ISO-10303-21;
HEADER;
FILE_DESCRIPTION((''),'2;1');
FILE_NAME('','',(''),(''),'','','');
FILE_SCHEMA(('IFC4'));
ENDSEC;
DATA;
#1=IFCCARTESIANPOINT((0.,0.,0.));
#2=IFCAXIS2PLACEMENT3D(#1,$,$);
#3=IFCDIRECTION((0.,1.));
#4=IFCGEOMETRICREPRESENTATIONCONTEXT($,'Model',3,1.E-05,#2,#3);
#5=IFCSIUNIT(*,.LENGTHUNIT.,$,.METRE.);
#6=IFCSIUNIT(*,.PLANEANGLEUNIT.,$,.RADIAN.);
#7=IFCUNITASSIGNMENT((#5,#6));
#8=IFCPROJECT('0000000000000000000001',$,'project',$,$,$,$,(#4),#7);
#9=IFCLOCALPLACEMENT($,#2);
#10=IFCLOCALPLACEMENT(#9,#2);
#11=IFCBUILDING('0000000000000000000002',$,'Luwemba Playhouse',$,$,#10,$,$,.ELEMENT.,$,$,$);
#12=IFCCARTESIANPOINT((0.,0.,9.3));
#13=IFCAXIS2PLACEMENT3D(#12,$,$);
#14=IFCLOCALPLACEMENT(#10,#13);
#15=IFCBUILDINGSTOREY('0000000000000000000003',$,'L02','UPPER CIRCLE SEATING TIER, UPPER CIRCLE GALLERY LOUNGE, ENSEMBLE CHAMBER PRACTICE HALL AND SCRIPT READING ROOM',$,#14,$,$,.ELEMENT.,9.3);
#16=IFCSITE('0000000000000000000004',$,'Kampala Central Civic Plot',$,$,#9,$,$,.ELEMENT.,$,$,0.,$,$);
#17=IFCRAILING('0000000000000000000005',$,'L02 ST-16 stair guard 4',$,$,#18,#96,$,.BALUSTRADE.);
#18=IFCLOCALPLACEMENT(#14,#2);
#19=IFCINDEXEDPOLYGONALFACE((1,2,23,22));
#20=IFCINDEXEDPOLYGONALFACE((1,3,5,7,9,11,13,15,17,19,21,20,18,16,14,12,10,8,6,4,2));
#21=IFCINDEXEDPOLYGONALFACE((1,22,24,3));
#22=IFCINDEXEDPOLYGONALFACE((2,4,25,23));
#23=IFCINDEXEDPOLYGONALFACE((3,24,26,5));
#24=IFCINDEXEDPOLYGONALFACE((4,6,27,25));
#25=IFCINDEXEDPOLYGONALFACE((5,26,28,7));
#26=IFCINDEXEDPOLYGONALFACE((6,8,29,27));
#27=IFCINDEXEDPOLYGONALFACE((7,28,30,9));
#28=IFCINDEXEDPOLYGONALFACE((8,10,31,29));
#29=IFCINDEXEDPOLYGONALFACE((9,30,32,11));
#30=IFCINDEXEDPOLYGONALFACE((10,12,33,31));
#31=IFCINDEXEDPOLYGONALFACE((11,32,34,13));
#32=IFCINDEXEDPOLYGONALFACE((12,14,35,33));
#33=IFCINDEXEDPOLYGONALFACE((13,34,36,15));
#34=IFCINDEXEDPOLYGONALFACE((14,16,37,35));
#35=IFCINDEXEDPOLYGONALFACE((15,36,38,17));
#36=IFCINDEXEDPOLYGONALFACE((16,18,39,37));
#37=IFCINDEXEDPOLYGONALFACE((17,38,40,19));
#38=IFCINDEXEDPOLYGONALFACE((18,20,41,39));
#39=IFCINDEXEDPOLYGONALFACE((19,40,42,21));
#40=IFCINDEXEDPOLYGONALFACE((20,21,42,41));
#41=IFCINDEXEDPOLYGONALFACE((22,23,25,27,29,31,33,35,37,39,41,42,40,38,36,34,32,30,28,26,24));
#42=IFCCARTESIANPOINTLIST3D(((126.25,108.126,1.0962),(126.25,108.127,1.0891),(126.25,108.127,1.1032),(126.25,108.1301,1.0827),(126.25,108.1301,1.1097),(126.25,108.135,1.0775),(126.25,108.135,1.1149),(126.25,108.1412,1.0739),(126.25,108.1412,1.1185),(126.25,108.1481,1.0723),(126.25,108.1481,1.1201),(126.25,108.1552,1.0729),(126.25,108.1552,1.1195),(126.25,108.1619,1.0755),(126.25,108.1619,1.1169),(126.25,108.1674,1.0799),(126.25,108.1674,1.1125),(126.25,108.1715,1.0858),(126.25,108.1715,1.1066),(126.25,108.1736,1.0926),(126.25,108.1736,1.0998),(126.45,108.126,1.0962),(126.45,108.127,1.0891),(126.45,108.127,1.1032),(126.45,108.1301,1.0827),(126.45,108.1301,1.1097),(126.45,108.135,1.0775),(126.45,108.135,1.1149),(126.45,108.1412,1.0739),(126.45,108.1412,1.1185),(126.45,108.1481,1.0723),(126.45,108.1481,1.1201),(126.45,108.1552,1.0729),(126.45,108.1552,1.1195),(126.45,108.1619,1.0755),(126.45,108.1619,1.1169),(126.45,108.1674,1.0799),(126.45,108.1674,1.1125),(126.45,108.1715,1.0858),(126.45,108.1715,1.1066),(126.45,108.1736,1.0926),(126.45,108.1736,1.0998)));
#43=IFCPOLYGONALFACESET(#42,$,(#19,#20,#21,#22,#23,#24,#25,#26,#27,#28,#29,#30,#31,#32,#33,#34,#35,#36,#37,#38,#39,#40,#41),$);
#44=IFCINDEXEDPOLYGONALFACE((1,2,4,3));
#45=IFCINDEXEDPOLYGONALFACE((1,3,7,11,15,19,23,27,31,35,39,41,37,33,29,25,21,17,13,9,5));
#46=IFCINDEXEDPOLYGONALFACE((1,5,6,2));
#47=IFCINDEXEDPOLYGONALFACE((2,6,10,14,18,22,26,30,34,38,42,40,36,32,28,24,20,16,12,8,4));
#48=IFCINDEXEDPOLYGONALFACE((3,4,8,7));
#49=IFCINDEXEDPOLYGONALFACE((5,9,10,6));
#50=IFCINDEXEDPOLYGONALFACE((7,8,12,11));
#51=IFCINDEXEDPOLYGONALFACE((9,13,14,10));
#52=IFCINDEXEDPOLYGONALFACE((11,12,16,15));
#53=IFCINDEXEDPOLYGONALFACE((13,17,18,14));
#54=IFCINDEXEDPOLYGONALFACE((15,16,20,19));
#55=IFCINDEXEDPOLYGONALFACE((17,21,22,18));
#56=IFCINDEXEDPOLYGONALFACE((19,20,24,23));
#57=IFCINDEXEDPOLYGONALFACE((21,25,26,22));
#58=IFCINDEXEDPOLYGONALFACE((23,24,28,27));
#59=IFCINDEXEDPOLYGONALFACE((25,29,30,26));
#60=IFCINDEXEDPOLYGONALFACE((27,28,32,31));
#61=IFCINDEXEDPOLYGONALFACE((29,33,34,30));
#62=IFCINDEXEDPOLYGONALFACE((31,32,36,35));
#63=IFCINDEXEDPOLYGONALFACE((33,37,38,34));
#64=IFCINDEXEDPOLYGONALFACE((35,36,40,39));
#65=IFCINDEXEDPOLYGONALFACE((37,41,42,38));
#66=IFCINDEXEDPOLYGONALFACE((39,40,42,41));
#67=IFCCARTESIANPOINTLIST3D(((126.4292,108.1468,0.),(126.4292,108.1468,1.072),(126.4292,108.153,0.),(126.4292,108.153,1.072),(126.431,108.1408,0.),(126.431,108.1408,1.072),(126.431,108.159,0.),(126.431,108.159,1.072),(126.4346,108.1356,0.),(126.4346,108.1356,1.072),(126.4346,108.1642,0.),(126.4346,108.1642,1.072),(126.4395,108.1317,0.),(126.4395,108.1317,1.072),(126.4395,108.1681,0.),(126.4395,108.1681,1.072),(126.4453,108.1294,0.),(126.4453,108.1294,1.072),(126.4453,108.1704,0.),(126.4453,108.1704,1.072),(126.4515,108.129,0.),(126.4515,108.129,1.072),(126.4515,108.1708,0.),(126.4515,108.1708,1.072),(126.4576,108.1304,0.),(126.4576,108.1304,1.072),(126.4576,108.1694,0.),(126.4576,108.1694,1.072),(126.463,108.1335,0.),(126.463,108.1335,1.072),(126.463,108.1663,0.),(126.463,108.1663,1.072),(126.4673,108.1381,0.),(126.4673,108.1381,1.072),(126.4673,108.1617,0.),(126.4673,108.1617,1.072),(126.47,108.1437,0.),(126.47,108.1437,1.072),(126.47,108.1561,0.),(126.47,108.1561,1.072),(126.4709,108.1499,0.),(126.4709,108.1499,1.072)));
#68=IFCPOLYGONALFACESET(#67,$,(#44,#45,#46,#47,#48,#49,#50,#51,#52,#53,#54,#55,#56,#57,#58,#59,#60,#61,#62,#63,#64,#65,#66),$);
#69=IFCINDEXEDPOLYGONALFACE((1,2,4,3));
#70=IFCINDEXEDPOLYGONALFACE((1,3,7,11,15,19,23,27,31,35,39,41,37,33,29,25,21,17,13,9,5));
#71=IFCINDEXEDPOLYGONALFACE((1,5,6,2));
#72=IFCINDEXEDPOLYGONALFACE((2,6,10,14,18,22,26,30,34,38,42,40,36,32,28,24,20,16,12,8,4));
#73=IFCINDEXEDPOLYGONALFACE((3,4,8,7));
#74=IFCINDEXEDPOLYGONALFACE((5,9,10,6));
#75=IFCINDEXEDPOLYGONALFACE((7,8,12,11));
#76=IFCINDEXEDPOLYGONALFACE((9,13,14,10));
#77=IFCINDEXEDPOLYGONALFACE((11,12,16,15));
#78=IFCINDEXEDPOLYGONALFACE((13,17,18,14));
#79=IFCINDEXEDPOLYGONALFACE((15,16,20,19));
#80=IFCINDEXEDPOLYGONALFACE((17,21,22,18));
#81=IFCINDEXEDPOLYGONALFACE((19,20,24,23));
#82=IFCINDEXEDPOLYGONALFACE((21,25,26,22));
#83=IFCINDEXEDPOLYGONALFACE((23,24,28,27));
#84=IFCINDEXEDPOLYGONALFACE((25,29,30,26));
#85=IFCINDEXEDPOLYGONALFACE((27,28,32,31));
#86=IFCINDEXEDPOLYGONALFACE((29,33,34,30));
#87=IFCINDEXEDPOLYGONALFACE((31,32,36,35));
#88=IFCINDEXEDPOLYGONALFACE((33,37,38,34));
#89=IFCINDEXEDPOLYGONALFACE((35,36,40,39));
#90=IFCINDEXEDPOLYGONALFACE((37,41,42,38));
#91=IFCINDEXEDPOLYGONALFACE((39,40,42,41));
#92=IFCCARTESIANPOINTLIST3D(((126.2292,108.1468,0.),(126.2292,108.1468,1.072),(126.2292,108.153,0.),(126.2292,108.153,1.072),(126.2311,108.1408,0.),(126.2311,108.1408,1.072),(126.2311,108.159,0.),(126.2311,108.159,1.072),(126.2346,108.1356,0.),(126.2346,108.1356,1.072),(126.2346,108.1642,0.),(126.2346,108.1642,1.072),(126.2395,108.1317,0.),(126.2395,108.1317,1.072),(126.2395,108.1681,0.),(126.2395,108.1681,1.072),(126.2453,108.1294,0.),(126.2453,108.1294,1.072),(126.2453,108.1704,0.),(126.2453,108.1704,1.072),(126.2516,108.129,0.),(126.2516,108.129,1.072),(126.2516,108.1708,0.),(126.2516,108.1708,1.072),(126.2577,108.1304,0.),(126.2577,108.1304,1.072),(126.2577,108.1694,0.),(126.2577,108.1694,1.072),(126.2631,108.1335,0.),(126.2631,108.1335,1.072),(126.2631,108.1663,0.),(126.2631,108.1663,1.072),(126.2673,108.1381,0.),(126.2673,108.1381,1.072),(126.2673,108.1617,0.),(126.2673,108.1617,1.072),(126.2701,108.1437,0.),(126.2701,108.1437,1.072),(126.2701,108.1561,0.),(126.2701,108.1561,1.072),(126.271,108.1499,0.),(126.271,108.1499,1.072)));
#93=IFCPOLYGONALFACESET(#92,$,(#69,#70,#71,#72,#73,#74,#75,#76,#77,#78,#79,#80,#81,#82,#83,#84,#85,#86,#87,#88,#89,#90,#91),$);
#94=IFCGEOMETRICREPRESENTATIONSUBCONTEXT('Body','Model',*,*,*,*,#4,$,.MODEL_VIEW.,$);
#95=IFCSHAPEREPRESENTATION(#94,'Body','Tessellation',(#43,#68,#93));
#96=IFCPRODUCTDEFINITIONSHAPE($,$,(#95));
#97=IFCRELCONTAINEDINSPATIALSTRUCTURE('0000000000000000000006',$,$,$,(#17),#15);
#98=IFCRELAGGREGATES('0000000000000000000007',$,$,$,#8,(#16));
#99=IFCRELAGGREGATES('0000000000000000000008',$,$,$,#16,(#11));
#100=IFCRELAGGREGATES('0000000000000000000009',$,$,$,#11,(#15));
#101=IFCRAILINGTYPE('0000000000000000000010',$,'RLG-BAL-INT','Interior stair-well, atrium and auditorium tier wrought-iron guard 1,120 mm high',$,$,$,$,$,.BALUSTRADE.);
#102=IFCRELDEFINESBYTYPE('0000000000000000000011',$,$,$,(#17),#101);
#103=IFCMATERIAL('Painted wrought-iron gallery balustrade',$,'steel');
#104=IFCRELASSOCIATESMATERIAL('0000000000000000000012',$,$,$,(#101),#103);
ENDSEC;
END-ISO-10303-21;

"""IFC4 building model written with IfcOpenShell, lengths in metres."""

from ifc_helpers import new_model, si_unit, direction, frame, origin, origin_2d, place, context, subcontext, project, spatial, circle, extrude, material, type_object, element, save


model = new_model("IFC4")

# Units and contexts
model_context = context("Model", 3, precision=1e-05, world=origin(), true_north=direction((0.0, 1.0)))
body_context = subcontext(model_context, "Body", "Model", "MODEL_VIEW")
ifc_project = project(units=[si_unit("LENGTHUNIT", "METRE"), si_unit("PLANEANGLEUNIT", "RADIAN")], contexts=[model_context])

# Site, building, storey
site_placement = place(None, origin())
site = spatial("IfcSite", under=ifc_project, at=site_placement, Name="Kampala Central Civic Plot", CompositionType="ELEMENT", RefElevation=0.0)
building_placement = place(site_placement, origin())
building = spatial("IfcBuilding", under=site, at=building_placement, Name="Luwemba Playhouse", CompositionType="ELEMENT")
storey_placement = place(building_placement, frame((0.0, 0.0, 9.3)))
storey = spatial("IfcBuildingStorey", under=building, at=storey_placement, Name="L02", Description="UPPER CIRCLE SEATING TIER, UPPER CIRCLE GALLERY LOUNGE, ENSEMBLE CHAMBER PRACTICE HALL AND SCRIPT READING ROOM", CompositionType="ELEMENT", Elevation=9.3)

# Railing
ifc_material_1 = material(Name="Painted wrought-iron gallery balustrade", Category="steel")
railing_type_1 = type_object("IfcRailingType", Name="RLG-BAL-INT", Description="Interior stair-well, atrium and auditorium tier wrought-iron guard 1,120 mm high", PredefinedType="BALUSTRADE", material=ifc_material_1)
railing_1_placement = place(storey_placement, frame((126.45, 108.1499, 0.0)))
element("IfcRailing", 1, at=railing_1_placement, inside=storey, type_object=railing_type_1, Name="L02 ST-16 stair guard 4", PredefinedType="BALUSTRADE", context=body_context, shape_type="SweptSolid", body=[
    extrude(circle(Radius=0.0239, at=origin_2d()), frame((0.0, 0.0, 1.0962), z_axis=(-1.0, 0.0, 0.0), x_axis=(0.0, -1.0, 0.0)), (0.0, 0.0, 1.0), 0.2),
    extrude(circle(Radius=0.021, at=origin_2d()), origin(), (0.0, 0.0, 1.0), 1.072),
    extrude(circle(Radius=0.021, at=origin_2d()), frame((-0.2, 0.0, 0.0)), (0.0, 0.0, 1.0), 1.072),
])

save(model, "model.ifc")
